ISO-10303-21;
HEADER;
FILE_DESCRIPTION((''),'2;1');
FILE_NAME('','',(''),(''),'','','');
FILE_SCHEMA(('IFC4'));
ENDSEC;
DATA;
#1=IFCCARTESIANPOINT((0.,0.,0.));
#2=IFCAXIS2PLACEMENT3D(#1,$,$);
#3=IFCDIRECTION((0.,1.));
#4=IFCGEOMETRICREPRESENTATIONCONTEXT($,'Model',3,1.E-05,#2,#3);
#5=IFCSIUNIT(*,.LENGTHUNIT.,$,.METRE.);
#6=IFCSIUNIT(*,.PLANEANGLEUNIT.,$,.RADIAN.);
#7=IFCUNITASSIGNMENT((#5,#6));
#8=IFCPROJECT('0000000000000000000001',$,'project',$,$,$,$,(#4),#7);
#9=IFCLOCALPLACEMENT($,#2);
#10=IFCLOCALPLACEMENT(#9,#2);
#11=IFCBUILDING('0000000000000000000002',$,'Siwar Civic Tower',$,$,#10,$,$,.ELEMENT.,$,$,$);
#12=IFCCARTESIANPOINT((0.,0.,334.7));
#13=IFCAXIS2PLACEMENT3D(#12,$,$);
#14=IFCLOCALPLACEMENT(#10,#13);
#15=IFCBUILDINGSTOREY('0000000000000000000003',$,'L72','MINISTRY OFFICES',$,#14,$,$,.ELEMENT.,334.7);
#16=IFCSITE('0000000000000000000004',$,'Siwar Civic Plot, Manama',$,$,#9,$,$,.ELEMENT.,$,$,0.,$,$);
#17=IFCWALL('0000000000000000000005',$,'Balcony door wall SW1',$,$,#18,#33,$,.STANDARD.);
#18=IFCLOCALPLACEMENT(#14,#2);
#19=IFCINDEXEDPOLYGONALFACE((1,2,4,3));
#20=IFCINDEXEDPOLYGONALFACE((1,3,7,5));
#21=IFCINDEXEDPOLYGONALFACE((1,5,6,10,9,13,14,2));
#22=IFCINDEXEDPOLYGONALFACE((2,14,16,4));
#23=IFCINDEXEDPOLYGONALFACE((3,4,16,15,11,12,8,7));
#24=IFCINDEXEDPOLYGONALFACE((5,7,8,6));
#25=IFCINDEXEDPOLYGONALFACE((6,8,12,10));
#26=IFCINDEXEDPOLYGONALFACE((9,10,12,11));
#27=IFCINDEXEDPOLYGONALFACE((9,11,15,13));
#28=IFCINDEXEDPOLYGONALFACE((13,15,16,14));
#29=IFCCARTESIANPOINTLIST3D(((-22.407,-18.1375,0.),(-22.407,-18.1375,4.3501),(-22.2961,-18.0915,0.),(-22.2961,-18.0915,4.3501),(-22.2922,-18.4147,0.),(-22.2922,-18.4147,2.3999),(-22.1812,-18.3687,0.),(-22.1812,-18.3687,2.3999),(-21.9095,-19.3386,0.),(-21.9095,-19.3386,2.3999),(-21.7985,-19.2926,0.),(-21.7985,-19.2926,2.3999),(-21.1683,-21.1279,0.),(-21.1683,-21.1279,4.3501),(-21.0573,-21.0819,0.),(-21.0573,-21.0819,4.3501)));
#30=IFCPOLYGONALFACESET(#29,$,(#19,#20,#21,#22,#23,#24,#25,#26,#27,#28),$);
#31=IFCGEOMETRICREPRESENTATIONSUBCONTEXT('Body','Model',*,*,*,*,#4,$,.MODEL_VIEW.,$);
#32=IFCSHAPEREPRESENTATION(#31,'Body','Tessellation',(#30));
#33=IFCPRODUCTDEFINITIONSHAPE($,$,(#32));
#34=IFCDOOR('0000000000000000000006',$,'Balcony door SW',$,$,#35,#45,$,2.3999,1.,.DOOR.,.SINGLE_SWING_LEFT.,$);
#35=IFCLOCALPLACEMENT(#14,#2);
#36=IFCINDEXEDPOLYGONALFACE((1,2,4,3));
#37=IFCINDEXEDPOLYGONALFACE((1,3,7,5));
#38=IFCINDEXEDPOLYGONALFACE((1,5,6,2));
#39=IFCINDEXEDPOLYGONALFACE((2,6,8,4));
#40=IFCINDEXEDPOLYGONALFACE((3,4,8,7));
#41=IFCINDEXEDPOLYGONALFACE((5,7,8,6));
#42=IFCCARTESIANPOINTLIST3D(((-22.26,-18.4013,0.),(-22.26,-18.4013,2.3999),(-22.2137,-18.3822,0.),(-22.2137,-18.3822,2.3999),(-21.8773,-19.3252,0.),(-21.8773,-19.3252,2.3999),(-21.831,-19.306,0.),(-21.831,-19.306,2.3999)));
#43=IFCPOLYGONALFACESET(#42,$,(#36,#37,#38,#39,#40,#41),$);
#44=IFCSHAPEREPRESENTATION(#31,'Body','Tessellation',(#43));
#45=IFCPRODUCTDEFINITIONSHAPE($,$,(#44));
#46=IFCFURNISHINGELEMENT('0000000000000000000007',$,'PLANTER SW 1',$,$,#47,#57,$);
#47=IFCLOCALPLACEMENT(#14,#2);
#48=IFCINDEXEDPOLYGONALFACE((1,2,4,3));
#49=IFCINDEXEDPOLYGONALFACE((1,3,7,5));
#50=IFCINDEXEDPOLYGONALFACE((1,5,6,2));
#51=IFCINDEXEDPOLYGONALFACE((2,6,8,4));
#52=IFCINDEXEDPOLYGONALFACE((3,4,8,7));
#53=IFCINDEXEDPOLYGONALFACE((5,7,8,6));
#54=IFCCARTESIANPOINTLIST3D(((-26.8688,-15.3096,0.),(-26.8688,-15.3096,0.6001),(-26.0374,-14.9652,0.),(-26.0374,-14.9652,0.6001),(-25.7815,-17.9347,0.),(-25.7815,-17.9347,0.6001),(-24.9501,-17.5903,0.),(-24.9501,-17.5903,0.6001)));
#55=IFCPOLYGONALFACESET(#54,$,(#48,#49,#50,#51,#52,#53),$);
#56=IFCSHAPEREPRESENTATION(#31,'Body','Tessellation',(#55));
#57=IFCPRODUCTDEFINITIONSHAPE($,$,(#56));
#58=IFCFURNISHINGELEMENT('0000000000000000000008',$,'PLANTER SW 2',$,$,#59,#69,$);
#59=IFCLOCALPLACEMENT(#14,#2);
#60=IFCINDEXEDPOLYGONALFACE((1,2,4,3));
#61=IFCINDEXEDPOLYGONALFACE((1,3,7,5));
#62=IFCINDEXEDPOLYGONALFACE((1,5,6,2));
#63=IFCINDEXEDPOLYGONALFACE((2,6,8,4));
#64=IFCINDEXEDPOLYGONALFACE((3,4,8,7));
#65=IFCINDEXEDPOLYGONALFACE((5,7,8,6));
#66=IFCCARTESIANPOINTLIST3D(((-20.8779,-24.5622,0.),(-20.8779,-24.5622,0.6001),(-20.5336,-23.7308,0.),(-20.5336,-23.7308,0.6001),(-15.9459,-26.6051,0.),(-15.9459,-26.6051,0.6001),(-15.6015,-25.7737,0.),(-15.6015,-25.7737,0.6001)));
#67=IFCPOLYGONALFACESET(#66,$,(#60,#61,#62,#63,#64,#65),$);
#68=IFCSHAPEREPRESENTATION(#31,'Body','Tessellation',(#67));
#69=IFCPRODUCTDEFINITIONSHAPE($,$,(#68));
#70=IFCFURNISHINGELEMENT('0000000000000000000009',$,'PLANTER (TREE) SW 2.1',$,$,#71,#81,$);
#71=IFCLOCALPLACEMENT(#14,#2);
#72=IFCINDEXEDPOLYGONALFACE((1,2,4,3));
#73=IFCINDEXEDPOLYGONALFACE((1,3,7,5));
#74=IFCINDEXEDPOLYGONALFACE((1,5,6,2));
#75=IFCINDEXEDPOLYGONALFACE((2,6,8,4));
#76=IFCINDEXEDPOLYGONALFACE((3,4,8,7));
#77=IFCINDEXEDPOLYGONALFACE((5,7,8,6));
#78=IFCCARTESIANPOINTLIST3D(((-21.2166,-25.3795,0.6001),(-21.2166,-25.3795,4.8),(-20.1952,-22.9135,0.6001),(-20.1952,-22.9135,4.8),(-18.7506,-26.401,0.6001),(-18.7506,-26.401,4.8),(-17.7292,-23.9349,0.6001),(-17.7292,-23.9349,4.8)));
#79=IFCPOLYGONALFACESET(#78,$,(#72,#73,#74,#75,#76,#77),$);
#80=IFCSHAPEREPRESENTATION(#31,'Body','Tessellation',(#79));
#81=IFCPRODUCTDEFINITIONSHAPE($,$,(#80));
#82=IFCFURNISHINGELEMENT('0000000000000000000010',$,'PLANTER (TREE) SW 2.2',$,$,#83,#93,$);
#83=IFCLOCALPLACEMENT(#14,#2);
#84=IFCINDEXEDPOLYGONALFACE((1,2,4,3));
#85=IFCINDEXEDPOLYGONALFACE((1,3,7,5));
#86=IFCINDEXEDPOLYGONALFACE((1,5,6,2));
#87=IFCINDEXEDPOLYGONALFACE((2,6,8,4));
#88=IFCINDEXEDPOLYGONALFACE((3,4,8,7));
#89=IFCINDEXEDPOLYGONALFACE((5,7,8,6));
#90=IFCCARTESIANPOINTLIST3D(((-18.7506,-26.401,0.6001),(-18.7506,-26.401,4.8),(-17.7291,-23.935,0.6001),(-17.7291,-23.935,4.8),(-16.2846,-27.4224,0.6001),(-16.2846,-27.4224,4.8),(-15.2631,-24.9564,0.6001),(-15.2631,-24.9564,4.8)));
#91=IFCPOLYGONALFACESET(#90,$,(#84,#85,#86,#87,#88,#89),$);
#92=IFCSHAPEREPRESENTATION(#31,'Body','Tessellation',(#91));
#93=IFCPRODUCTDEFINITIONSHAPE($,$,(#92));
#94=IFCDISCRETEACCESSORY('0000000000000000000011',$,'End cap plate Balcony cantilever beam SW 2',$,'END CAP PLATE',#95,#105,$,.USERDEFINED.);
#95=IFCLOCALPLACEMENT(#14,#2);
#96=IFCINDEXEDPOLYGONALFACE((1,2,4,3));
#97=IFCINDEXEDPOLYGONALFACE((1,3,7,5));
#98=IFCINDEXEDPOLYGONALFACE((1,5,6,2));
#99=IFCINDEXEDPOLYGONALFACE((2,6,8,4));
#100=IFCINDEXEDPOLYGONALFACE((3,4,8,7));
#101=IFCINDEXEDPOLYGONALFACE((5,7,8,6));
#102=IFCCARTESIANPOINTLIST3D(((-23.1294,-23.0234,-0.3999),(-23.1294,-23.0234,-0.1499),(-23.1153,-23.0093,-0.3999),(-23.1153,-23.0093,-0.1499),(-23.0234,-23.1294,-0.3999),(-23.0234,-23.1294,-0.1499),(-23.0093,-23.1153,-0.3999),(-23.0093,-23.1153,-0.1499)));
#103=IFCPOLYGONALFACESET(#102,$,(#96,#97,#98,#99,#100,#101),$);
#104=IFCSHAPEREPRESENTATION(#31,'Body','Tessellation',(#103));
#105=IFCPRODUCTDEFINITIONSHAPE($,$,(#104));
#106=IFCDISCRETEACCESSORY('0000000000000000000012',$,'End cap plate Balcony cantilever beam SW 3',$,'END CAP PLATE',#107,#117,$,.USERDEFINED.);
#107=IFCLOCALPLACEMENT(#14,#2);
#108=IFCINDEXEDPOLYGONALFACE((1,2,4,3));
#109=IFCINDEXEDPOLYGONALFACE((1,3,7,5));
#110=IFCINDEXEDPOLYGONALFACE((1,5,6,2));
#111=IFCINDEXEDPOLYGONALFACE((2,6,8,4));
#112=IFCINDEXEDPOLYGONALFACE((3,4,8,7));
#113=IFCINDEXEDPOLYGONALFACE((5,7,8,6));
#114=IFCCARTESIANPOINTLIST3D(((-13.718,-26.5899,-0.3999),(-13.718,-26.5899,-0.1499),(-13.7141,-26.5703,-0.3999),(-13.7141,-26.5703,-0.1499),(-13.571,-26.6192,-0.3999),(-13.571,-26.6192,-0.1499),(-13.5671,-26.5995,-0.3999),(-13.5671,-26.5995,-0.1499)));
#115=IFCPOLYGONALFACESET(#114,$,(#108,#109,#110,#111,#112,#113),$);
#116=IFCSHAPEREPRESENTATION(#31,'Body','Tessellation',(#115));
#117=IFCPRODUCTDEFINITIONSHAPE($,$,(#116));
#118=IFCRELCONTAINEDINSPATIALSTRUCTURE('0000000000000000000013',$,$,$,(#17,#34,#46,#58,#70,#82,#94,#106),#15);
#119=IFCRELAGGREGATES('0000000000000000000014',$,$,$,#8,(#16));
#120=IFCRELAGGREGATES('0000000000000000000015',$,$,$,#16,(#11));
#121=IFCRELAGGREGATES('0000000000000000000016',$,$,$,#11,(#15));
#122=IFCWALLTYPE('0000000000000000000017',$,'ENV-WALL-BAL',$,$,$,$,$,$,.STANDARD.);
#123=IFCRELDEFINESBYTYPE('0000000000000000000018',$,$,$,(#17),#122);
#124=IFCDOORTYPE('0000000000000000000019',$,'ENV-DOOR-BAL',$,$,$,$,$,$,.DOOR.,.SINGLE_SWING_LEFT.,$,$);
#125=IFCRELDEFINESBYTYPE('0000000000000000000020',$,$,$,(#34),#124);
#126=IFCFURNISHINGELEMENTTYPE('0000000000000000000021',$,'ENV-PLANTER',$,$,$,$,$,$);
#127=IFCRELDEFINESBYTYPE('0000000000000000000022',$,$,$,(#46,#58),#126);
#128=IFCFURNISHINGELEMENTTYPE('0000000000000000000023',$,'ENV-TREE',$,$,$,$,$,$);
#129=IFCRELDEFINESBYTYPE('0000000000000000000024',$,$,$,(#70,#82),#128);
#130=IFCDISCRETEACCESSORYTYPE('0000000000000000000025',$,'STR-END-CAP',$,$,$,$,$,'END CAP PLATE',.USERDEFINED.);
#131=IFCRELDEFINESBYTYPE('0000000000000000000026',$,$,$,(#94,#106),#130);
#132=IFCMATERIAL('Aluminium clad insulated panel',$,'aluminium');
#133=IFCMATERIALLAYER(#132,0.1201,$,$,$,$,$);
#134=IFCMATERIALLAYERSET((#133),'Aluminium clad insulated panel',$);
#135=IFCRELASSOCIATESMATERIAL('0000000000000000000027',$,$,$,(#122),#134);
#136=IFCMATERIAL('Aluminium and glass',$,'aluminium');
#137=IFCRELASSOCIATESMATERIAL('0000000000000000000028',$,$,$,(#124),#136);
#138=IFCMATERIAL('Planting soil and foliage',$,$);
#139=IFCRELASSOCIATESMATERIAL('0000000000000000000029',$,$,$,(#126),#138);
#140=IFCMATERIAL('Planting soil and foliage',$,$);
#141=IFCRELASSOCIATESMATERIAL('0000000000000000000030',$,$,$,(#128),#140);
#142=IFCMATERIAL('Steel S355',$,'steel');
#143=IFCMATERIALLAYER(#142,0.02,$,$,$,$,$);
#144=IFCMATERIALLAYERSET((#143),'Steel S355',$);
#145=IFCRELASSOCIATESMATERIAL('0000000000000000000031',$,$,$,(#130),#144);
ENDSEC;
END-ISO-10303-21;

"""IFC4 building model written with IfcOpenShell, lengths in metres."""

from ifc_helpers import new_model, si_unit, direction, frame, frame_2d, origin, origin_2d, place, context, subcontext, project, spatial, rectangle, extrude, material, layer, layer_set, type_object, element, fill, save


model = new_model("IFC4")

# Units and contexts
model_context = context("Model", 3, precision=1e-05, world=origin(), true_north=direction((0.0, 1.0)))
body_context = subcontext(model_context, "Body", "Model", "MODEL_VIEW")
ifc_project = project(units=[si_unit("LENGTHUNIT", "METRE"), si_unit("PLANEANGLEUNIT", "RADIAN")], contexts=[model_context])

# Site, building, storey
site_placement = place(None, origin())
site = spatial("IfcSite", under=ifc_project, at=site_placement, Name="Siwar Civic Plot, Manama", CompositionType="ELEMENT", RefElevation=0.0)
building_placement = place(site_placement, origin())
building = spatial("IfcBuilding", under=site, at=building_placement, Name="Siwar Civic Tower", CompositionType="ELEMENT")
storey_placement = place(building_placement, frame((0.0, 0.0, 334.7)))
storey = spatial("IfcBuildingStorey", under=building, at=storey_placement, Name="L72", Description="MINISTRY OFFICES", CompositionType="ELEMENT", Elevation=334.7)

# Shared definitions
ifc_material_1 = material(Name="Aluminium clad insulated panel", Category="aluminium")
ifc_layer_1 = layer(ifc_material_1, 0.1201)
ifc_layer_set_1 = layer_set([ifc_layer_1], Name="Aluminium clad insulated panel")
wall_type = type_object("IfcWallType", Name="ENV-WALL-BAL", PredefinedType="STANDARD", material=ifc_layer_set_1)

# Wall, opening, door
wall_1_placement = place(storey_placement, frame((-22.3516, -18.1145, 0.0), z_axis=(0.0, 0.0, 1.0), x_axis=(0.382703, -0.923872, 0.0)))
wall_1 = element("IfcWall", 1, at=wall_1_placement, inside=storey, type_object=wall_type, Name="Balcony door wall SW1", PredefinedType="STANDARD", context=body_context, shape_type="SweptSolid", body=[
    extrude(rectangle(XDim=3.2368, YDim=0.1201, at=frame_2d((1.6184, 0.0))), origin(), (0.0, 0.0, 1.0), 4.3501),
])
opening_placement = place(wall_1_placement, frame((0.3, 0.0, 0.0)))
opening = element("IfcOpeningElement", 2, at=opening_placement, cuts=wall_1, PredefinedType="OPENING", context=body_context, shape_type="SweptSolid", body=[
    extrude(rectangle(XDim=1.0, YDim=2.3999, at=frame_2d((0.5, 1.2))), frame((0.0, 0.0701, 0.0), z_axis=(0.0, -1.0, 0.0), x_axis=(1.0, 0.0, 0.0)), (0.0, 0.0, 1.0), 0.1401),
])
ifc_material_2 = material(Name="Aluminium and glass", Category="aluminium")
door_type = type_object("IfcDoorType", Name="ENV-DOOR-BAL", OperationType="SINGLE_SWING_LEFT", PredefinedType="DOOR", material=ifc_material_2)
door_placement = place(opening_placement, origin())
door = element("IfcDoor", 3, at=door_placement, inside=storey, type_object=door_type, Name="Balcony door SW", OperationType="SINGLE_SWING_LEFT", OverallHeight=2.3999, OverallWidth=1.0, PredefinedType="DOOR", context=body_context, shape_type="SweptSolid", body=[
    extrude(rectangle(XDim=1.0, YDim=2.3999, at=frame_2d((0.5, 1.2))), frame((0.0, 0.0249, 0.0), z_axis=(0.0, -1.0, 0.0), x_axis=(1.0, 0.0, 0.0)), (0.0, 0.0, 1.0), 0.05),
])
fill(opening, door)

# Furnishing elements
ifc_material_3 = material(Name="Planting soil and foliage")
furnishing_element_type_1 = type_object("IfcFurnishingElementType", Name="ENV-PLANTER", material=ifc_material_3)
furnishing_1_placement = place(storey_placement, frame((-25.9094, -16.45, 0.0), z_axis=(0.0, 0.0, 1.0), x_axis=(0.382683, -0.92388, 0.0)))
element("IfcFurnishingElement", 4, at=furnishing_1_placement, inside=storey, type_object=furnishing_element_type_1, Name="PLANTER SW 1", context=body_context, shape_type="SweptSolid", body=[
    extrude(rectangle(XDim=2.8413, YDim=0.8999, at=origin_2d()), origin(), (0.0, 0.0, 1.0), 0.6001),
])
furnishing_2_placement = place(storey_placement, frame((-18.2397, -25.168, 0.0), z_axis=(0.0, 0.0, 1.0), x_axis=(0.92388, -0.382683, 0.0)))
element("IfcFurnishingElement", 5, at=furnishing_2_placement, inside=storey, type_object=furnishing_element_type_1, Name="PLANTER SW 2", context=body_context, shape_type="SweptSolid", body=[
    extrude(rectangle(XDim=5.3384, YDim=0.8999, at=origin_2d()), origin(), (0.0, 0.0, 1.0), 0.6001),
])
ifc_material_4 = material(Name="Planting soil and foliage")
furnishing_element_type_2 = type_object("IfcFurnishingElementType", Name="ENV-TREE", material=ifc_material_4)
for number, where, z_axis, x_axis, name in (
    (6, (-19.4729, -24.6572, 0.6001), (0.0, 0.0, 1.0), (0.92388, -0.382683, 0.0), "PLANTER (TREE) SW 2.1"),
    (7, (-17.0068, -25.6787, 0.6001), (0.0, 0.0, 1.0), (0.92388, -0.382683, 0.0), "PLANTER (TREE) SW 2.2"),
):
    element("IfcFurnishingElement", number, at=place(storey_placement, frame(where, z_axis=z_axis, x_axis=x_axis)), inside=storey, type_object=furnishing_element_type_2, Name=name, context=body_context, shape_type="SweptSolid", body=[
        extrude(rectangle(XDim=2.6692, YDim=2.6692, at=origin_2d()), origin(), (0.0, 0.0, 1.0), 4.2),
    ])

# Discrete accessories
ifc_material_5 = material(Name="Steel S355", Category="steel")
ifc_layer_2 = layer(ifc_material_5, 0.02)
ifc_layer_set_2 = layer_set([ifc_layer_2], Name="Steel S355")
discrete_accessory_type = type_object("IfcDiscreteAccessoryType", Name="STR-END-CAP", ElementType="END CAP PLATE", PredefinedType="USERDEFINED", material=ifc_layer_set_2)
for number, where, z_axis, x_axis, name in (
    (8, (-23.0693, -23.0693, -0.3999), (0.0, 0.0, 1.0), (-0.707107, -0.707107, 0.0), "End cap plate Balcony cantilever beam SW 2"),
    (9, (-13.6426, -26.5947, -0.3999), (0.0, 0.0, 1.0), (-0.19509, -0.980785, 0.0), "End cap plate Balcony cantilever beam SW 3"),
):
    element("IfcDiscreteAccessory", number, at=place(storey_placement, frame(where, z_axis=z_axis, x_axis=x_axis)), inside=storey, type_object=discrete_accessory_type, Name=name, ObjectType="END CAP PLATE", PredefinedType="USERDEFINED", context=body_context, shape_type="SweptSolid", body=[
        extrude(rectangle(XDim=0.02, YDim=0.1499, at=origin_2d()), origin(), (0.0, 0.0, 1.0), 0.25),
    ])

save(model, "model.ifc")
